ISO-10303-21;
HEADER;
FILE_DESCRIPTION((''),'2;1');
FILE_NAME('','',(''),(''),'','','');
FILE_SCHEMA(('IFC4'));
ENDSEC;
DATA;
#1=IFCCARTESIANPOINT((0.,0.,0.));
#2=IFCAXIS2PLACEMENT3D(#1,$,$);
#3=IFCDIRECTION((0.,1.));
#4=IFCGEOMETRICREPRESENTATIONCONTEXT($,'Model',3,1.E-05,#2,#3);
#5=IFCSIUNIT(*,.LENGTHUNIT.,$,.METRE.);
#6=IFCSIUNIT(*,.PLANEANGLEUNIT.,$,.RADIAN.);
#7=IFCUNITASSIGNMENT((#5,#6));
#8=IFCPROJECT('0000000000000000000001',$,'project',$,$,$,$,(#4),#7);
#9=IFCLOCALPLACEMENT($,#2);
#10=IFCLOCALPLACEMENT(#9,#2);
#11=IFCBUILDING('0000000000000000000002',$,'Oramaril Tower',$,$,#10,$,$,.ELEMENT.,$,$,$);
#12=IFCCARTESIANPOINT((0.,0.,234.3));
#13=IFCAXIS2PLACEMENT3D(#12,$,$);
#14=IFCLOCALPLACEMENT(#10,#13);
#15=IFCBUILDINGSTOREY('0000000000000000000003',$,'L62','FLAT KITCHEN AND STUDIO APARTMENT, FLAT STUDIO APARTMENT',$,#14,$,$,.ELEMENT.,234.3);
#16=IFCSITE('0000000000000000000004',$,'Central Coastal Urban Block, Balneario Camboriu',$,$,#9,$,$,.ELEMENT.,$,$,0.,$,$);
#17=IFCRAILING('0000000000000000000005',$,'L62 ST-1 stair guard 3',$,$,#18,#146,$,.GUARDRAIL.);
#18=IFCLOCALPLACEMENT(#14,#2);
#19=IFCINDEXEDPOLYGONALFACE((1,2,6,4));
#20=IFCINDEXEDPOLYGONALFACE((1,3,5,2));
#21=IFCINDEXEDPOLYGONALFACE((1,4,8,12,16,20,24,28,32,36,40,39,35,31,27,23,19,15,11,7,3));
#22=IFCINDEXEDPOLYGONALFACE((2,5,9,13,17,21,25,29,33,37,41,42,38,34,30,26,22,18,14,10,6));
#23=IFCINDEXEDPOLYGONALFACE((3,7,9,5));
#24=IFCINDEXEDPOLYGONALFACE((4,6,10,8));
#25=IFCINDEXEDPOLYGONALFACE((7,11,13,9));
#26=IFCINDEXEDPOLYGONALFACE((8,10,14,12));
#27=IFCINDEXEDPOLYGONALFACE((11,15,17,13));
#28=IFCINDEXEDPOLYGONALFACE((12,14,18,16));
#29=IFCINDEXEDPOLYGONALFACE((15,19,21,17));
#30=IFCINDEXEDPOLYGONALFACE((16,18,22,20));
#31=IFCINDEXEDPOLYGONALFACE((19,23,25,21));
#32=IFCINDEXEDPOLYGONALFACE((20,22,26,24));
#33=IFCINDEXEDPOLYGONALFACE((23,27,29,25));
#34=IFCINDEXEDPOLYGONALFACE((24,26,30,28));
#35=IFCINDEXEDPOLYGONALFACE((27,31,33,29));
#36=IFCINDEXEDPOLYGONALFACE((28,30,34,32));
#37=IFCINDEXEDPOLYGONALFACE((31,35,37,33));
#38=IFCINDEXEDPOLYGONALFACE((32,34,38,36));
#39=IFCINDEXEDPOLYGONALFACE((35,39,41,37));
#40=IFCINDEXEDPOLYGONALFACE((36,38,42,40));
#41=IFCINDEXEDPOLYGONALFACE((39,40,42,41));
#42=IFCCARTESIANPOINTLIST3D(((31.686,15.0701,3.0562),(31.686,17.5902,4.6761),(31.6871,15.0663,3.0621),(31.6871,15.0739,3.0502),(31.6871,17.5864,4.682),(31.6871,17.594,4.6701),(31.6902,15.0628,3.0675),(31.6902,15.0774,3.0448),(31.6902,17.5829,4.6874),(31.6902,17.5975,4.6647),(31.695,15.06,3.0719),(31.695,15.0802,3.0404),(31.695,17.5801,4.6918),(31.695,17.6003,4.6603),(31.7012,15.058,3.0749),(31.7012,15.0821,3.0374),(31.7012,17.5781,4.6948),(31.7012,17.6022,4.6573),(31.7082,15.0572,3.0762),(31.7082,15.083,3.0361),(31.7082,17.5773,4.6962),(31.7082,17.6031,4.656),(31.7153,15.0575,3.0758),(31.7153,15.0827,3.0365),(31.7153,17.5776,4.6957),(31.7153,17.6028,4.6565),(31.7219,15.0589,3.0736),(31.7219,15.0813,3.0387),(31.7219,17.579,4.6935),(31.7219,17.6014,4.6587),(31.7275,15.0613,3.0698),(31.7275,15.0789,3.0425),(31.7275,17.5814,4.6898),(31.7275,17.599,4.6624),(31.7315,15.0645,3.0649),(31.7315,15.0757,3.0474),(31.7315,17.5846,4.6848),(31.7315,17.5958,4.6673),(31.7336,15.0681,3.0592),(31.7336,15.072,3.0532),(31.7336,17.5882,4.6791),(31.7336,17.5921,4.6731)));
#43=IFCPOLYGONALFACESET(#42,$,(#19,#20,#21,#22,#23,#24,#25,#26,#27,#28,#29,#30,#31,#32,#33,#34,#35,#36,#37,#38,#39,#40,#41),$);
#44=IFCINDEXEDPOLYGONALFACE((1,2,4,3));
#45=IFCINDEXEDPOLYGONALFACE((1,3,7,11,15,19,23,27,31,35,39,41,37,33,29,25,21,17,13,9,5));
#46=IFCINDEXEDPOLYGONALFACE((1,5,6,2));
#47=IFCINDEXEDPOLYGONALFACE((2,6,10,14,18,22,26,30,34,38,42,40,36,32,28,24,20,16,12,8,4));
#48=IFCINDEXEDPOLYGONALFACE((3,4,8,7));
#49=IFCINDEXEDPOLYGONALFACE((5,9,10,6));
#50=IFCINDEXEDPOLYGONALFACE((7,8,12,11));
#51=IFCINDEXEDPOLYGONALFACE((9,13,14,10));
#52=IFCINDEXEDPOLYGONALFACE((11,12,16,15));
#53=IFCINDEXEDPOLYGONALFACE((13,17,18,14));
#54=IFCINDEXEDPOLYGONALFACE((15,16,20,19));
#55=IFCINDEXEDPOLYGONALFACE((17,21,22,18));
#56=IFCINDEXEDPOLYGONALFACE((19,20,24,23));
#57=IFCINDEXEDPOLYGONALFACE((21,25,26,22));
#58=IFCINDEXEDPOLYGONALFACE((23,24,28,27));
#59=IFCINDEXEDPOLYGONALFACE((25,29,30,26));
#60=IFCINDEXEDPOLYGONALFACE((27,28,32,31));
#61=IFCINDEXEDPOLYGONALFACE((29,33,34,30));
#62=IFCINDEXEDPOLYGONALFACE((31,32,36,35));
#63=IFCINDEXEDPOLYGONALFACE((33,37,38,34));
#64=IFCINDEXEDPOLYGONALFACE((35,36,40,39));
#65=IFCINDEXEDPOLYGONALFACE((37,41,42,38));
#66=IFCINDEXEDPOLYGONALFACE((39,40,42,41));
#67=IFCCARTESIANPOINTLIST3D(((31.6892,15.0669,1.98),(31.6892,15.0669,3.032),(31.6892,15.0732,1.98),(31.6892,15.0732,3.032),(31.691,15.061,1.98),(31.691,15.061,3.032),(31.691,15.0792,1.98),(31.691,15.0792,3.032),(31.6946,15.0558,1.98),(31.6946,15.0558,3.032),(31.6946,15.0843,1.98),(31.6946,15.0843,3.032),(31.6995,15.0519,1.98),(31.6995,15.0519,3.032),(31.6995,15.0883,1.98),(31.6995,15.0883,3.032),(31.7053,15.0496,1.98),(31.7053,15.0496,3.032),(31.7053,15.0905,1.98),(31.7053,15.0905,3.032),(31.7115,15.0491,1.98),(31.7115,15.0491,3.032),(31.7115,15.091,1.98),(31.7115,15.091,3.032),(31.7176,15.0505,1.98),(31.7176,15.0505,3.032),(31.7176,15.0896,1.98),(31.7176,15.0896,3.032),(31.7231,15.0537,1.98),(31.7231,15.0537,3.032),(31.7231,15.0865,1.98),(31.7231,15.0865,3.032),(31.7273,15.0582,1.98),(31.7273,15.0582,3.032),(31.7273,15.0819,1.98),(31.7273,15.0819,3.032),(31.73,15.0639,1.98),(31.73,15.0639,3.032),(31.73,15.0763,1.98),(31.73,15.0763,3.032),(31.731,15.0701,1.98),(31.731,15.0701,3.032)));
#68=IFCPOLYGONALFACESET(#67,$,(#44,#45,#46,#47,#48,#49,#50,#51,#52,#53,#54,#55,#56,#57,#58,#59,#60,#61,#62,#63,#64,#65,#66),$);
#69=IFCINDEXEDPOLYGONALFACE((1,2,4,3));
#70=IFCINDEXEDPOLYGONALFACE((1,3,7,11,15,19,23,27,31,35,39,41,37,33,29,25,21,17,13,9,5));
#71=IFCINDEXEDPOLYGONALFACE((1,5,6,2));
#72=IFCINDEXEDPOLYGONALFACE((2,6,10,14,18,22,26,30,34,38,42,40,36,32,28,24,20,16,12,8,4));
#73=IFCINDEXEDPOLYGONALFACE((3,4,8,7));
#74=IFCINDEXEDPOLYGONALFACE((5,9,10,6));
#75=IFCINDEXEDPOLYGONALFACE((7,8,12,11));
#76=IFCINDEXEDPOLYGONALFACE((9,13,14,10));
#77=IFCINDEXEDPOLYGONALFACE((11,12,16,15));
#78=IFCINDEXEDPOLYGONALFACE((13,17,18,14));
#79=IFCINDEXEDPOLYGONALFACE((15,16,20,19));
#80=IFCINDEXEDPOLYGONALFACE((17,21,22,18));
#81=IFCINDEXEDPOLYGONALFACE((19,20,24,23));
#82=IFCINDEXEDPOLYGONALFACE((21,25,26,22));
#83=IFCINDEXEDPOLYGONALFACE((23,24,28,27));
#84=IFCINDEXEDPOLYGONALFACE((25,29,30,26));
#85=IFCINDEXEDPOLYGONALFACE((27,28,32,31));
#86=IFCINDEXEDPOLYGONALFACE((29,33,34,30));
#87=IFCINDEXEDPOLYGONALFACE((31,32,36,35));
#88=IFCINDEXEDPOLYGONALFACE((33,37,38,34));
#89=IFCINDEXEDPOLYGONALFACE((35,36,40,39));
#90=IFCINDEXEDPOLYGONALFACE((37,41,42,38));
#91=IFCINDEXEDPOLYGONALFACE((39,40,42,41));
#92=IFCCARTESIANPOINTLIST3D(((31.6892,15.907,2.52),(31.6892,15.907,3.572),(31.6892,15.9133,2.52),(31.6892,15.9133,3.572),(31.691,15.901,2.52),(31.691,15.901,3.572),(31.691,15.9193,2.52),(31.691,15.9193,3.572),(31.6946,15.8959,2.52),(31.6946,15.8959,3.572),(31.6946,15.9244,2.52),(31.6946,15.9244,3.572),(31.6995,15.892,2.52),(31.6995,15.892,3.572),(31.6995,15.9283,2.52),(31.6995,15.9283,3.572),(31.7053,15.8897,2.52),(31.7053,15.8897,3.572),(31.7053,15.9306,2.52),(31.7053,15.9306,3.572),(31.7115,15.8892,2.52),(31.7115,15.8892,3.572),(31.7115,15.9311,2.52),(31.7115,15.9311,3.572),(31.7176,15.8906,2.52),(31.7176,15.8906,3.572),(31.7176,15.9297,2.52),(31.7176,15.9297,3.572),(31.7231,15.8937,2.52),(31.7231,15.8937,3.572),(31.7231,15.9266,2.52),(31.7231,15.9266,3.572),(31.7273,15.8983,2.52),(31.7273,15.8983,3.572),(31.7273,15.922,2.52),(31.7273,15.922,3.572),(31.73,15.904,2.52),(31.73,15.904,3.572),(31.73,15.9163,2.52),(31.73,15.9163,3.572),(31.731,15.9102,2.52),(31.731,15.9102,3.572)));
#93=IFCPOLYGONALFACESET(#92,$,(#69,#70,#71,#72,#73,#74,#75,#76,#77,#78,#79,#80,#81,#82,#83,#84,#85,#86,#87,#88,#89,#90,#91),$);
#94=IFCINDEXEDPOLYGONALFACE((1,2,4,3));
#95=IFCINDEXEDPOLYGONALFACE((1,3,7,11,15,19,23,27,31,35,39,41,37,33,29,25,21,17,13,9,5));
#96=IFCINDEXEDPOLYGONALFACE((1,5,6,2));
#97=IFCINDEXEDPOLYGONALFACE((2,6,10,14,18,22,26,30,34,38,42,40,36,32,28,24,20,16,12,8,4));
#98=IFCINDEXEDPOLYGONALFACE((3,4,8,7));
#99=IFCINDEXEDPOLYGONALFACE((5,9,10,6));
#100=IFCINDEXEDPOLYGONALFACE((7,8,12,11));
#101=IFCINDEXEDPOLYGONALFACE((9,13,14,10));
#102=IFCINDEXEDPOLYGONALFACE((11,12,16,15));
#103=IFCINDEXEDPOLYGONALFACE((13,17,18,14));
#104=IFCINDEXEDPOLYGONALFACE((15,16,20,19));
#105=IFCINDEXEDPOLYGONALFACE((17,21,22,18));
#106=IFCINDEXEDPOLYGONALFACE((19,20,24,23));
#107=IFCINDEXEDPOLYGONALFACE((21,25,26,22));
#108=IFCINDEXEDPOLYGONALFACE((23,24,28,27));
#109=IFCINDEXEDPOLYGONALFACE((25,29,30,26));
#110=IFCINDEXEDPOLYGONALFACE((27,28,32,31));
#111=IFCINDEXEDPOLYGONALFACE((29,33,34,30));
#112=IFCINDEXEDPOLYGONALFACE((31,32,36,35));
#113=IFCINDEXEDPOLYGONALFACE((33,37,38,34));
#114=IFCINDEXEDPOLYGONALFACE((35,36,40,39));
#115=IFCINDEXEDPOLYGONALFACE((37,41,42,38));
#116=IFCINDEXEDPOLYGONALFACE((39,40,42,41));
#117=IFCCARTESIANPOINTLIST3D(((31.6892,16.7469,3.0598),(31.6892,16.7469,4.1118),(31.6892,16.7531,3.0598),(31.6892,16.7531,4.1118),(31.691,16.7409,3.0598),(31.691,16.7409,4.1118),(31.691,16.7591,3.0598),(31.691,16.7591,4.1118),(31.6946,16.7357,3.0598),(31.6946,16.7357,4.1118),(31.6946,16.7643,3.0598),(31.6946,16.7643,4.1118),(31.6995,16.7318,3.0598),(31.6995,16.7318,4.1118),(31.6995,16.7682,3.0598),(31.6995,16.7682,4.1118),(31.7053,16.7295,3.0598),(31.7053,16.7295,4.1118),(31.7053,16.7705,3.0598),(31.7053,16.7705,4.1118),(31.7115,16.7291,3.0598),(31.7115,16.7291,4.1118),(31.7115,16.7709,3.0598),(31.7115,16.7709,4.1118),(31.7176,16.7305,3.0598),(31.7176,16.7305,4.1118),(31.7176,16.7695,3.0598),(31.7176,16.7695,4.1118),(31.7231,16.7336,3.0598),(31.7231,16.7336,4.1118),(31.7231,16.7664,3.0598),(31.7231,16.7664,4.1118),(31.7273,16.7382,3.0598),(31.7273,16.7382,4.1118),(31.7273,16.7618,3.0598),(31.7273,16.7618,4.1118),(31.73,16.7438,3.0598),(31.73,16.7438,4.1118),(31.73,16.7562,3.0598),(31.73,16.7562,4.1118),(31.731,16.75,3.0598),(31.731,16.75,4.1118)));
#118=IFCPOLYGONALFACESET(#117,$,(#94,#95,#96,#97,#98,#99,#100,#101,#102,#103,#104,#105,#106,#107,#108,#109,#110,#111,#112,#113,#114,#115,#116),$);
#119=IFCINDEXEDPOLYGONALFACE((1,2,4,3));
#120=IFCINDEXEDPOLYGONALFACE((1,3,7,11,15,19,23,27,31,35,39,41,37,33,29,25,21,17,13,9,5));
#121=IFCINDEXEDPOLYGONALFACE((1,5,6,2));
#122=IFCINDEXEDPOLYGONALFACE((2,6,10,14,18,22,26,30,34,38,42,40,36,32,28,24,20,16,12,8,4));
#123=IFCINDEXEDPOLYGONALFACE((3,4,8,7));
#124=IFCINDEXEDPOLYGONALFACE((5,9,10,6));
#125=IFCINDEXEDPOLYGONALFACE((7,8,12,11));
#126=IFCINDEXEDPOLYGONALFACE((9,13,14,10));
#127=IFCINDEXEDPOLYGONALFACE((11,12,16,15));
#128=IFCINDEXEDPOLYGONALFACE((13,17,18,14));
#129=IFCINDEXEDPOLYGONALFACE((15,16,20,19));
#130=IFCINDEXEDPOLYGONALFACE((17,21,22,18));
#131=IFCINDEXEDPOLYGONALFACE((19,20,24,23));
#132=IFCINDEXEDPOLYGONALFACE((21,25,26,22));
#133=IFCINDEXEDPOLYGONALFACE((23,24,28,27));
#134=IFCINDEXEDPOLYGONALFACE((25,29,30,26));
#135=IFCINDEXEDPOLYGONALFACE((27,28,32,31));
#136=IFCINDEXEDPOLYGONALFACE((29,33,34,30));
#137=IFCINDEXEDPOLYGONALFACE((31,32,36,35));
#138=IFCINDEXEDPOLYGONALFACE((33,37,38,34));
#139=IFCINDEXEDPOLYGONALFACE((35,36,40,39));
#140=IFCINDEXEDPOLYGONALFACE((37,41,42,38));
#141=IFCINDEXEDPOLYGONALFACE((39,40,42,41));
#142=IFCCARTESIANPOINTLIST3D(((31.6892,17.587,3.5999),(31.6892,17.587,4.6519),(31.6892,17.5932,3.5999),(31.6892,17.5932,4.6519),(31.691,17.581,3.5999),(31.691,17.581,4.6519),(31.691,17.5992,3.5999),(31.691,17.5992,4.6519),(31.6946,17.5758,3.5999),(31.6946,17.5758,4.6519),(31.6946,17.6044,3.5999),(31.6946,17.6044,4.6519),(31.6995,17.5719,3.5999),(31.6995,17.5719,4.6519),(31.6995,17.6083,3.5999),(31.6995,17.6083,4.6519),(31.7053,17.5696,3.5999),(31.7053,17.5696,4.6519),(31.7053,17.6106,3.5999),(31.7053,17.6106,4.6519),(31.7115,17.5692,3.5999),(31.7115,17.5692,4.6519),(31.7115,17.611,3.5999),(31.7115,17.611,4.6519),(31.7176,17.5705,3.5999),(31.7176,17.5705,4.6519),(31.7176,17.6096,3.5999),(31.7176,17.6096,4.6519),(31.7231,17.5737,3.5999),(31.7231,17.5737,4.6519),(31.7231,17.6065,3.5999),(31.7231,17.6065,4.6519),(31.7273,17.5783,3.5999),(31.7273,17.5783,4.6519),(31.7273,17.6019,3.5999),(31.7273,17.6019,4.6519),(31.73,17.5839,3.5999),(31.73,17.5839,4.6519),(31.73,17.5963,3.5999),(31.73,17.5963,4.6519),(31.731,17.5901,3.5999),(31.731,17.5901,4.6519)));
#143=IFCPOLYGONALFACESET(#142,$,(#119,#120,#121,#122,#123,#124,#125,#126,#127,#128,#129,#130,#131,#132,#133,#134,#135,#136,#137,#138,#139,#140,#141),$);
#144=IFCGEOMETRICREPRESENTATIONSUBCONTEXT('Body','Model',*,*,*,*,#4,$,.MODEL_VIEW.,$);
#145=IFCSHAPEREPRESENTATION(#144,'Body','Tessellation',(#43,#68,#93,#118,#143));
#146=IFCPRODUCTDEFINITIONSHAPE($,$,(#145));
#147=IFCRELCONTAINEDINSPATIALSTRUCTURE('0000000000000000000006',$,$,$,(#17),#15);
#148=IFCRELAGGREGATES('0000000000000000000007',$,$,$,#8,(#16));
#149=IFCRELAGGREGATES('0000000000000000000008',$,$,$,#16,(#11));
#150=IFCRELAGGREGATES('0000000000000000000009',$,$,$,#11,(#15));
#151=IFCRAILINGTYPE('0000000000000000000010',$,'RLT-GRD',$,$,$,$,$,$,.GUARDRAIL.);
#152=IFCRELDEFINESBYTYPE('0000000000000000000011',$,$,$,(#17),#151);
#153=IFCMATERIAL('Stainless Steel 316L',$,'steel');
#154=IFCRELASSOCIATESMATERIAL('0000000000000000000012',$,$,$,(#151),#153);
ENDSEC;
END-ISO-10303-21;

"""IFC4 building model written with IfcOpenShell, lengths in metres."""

from ifc_helpers import new_model, si_unit, direction, frame, origin, origin_2d, place, context, subcontext, project, spatial, circle, extrude, material, type_object, element, save


model = new_model("IFC4")

# Units and contexts
model_context = context("Model", 3, precision=1e-05, world=origin(), true_north=direction((0.0, 1.0)))
body_context = subcontext(model_context, "Body", "Model", "MODEL_VIEW")
ifc_project = project(units=[si_unit("LENGTHUNIT", "METRE"), si_unit("PLANEANGLEUNIT", "RADIAN")], contexts=[model_context])

# Site, building, storey
site_placement = place(None, origin())
site = spatial("IfcSite", under=ifc_project, at=site_placement, Name="Central Coastal Urban Block, Balneario Camboriu", CompositionType="ELEMENT", RefElevation=0.0)
building_placement = place(site_placement, origin())
building = spatial("IfcBuilding", under=site, at=building_placement, Name="Oramaril Tower", CompositionType="ELEMENT")
storey_placement = place(building_placement, frame((0.0, 0.0, 234.3)))
storey = spatial("IfcBuildingStorey", under=building, at=storey_placement, Name="L62", Description="FLAT KITCHEN AND STUDIO APARTMENT, FLAT STUDIO APARTMENT", CompositionType="ELEMENT", Elevation=234.3)

# Railing
ifc_material_1 = material(Name="Stainless Steel 316L", Category="steel")
railing_type_1 = type_object("IfcRailingType", Name="RLT-GRD", PredefinedType="GUARDRAIL", material=ifc_material_1)
railing_1_placement = place(storey_placement, frame((31.71, 15.0701, 1.98)))
element("IfcRailing", 1, at=railing_1_placement, inside=storey, type_object=railing_type_1, Name="L62 ST-1 stair guard 3", PredefinedType="GUARDRAIL", context=body_context, shape_type="SweptSolid", body=[
    extrude(circle(Radius=0.0239, at=origin_2d()), frame((0.0, 0.0, 1.0762), z_axis=(0.0, 0.8412, 0.540725), x_axis=(-1.0, 0.0, 0.0)), (0.0, 0.0, 1.0), 2.9958),
    extrude(circle(Radius=0.021, at=origin_2d()), origin(), (0.0, 0.0, 1.0), 1.052),
    extrude(circle(Radius=0.021, at=origin_2d()), frame((0.0, 0.8401, 0.54)), (0.0, 0.0, 1.0), 1.052),
    extrude(circle(Radius=0.021, at=origin_2d()), frame((0.0, 1.6799, 1.0798)), (0.0, 0.0, 1.0), 1.052),
    extrude(circle(Radius=0.021, at=origin_2d()), frame((0.0, 2.52, 1.6199)), (0.0, 0.0, 1.0), 1.052),
])

save(model, "model.ifc")
